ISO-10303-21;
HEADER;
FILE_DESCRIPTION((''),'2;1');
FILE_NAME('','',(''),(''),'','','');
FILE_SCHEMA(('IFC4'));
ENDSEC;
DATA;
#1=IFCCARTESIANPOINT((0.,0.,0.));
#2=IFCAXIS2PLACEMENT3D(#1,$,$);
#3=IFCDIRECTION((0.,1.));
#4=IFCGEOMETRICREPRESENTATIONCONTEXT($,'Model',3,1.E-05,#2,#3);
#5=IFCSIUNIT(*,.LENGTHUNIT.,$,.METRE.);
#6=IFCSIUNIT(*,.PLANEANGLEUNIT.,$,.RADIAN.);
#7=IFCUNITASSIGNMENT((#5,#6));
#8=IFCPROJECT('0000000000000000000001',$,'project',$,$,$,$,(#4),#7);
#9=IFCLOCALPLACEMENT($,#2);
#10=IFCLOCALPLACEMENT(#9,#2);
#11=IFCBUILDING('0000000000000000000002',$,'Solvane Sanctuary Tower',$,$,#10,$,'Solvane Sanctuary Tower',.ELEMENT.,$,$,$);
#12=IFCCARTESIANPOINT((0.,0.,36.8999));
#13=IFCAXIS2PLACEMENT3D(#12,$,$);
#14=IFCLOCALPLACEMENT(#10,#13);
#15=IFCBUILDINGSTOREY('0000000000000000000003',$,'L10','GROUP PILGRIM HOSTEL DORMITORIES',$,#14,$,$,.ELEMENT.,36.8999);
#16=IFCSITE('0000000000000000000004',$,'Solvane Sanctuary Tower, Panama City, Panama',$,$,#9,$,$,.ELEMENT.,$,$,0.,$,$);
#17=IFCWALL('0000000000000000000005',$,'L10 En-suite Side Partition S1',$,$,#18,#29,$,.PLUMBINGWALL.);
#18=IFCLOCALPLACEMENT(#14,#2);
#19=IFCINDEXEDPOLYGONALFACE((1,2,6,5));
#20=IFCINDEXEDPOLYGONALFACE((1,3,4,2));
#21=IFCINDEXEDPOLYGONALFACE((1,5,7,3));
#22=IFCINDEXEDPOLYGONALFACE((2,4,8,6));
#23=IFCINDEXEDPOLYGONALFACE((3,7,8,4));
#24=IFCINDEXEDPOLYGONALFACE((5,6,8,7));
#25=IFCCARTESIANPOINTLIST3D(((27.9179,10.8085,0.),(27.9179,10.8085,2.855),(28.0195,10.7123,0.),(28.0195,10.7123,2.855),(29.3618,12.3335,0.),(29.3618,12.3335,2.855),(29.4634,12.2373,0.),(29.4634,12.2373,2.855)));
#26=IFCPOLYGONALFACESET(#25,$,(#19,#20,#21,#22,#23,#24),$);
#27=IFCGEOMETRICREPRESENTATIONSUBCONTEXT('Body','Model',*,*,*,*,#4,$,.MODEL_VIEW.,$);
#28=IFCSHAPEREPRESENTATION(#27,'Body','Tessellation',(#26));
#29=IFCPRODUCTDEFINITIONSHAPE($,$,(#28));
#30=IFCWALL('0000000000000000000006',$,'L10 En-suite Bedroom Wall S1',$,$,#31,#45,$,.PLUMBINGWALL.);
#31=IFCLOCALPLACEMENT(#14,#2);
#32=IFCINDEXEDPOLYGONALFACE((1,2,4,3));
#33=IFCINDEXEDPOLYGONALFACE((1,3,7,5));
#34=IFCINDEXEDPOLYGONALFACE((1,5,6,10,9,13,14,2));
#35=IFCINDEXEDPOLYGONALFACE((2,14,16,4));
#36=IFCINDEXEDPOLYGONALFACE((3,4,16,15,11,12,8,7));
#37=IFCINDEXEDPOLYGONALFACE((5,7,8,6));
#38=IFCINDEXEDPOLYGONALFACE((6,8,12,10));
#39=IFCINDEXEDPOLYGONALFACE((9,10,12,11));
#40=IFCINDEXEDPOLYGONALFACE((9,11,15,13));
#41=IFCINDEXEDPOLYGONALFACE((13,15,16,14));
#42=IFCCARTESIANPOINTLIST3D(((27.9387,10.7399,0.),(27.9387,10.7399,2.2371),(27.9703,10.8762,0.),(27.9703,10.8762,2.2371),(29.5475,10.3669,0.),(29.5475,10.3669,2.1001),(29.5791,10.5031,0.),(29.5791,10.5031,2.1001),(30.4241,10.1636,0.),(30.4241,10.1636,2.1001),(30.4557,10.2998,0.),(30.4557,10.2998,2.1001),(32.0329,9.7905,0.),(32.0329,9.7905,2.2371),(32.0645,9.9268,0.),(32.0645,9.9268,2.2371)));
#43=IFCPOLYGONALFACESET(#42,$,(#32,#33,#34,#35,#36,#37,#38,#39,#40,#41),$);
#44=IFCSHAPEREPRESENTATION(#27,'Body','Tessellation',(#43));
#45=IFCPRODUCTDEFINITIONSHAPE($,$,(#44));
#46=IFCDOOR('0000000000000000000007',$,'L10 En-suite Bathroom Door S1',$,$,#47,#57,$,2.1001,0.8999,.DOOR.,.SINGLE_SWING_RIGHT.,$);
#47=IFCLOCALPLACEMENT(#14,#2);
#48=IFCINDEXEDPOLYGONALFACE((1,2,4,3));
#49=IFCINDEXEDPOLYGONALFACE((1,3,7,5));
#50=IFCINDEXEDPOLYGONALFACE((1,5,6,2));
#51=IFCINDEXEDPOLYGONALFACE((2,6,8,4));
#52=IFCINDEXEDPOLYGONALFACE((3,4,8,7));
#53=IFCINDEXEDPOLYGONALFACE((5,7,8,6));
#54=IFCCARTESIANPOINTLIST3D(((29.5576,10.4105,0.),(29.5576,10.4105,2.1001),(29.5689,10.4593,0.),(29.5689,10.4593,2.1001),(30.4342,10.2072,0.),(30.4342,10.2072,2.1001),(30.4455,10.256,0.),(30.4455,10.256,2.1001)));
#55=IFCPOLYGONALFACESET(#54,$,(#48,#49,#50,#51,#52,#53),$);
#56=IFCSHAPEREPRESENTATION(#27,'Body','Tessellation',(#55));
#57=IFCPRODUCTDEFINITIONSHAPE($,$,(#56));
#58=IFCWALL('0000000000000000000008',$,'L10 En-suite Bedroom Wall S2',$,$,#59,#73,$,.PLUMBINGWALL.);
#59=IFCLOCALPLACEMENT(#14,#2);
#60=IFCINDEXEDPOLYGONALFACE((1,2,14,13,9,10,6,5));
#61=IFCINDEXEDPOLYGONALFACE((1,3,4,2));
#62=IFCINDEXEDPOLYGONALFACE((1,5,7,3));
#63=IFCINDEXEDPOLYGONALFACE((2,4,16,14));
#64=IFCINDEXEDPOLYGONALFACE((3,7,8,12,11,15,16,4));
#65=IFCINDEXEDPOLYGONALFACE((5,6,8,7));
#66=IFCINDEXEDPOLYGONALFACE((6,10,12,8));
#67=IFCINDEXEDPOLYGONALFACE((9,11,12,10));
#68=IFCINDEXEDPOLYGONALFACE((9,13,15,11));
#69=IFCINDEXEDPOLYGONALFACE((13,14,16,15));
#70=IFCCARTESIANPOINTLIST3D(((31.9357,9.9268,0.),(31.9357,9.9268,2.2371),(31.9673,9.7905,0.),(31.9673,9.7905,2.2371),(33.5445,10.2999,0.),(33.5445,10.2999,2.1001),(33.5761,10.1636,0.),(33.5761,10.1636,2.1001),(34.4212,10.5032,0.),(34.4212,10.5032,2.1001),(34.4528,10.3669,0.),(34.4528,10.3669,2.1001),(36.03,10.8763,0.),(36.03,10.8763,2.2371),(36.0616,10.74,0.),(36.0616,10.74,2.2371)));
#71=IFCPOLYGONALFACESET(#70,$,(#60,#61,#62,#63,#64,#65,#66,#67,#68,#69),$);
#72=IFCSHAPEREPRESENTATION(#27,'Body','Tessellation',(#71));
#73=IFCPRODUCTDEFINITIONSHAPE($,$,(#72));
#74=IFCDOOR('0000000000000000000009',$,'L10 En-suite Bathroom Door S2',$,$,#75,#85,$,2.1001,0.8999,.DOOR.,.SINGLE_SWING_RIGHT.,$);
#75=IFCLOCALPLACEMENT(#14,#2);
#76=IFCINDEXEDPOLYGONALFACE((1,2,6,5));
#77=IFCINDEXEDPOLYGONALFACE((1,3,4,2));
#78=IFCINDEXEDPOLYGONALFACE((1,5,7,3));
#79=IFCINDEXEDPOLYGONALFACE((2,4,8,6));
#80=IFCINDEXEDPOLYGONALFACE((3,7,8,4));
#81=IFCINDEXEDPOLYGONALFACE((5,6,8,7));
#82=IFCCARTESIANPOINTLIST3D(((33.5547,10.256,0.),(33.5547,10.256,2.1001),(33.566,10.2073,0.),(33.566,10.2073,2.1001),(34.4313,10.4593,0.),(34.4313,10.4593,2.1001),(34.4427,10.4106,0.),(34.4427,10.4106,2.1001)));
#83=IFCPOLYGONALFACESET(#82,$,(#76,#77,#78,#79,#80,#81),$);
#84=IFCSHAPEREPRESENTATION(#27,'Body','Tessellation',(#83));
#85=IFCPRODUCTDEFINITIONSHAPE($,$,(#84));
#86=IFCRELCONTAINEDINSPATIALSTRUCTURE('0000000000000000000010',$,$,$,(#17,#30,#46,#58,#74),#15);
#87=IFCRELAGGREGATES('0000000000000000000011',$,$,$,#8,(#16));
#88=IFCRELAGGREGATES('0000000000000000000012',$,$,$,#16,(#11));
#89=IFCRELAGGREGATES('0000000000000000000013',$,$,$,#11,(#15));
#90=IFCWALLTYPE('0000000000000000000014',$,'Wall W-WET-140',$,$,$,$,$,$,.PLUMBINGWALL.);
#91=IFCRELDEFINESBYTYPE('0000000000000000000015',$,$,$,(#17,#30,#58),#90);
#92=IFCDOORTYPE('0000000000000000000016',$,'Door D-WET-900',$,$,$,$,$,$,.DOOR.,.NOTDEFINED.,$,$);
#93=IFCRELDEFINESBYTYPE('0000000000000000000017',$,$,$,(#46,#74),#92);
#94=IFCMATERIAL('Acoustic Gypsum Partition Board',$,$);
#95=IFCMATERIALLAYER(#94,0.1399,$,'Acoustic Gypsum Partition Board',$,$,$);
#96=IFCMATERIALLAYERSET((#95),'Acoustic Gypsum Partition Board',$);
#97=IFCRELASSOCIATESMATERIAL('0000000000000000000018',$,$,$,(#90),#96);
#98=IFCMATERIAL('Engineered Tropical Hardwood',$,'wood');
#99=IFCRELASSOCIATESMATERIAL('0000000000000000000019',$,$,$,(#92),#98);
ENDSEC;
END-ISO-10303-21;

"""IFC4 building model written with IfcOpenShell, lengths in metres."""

from ifc_helpers import new_model, si_unit, direction, frame, frame_2d, origin, place, context, subcontext, project, spatial, rectangle, extrude, material, layer, layer_set, type_object, element, fill, save


model = new_model("IFC4")

# Units and contexts
model_context = context("Model", 3, precision=1e-05, world=origin(), true_north=direction((0.0, 1.0)))
body_context = subcontext(model_context, "Body", "Model", "MODEL_VIEW")
ifc_project = project(units=[si_unit("LENGTHUNIT", "METRE"), si_unit("PLANEANGLEUNIT", "RADIAN")], contexts=[model_context])

# Site, building, storey
site_placement = place(None, origin())
site = spatial("IfcSite", under=ifc_project, at=site_placement, Name="Solvane Sanctuary Tower, Panama City, Panama", CompositionType="ELEMENT", RefElevation=0.0)
building_placement = place(site_placement, origin())
building = spatial("IfcBuilding", under=site, at=building_placement, Name="Solvane Sanctuary Tower", LongName="Solvane Sanctuary Tower", CompositionType="ELEMENT")
storey_placement = place(building_placement, frame((0.0, 0.0, 36.8999)))
storey = spatial("IfcBuildingStorey", under=building, at=storey_placement, Name="L10", Description="GROUP PILGRIM HOSTEL DORMITORIES", CompositionType="ELEMENT", Elevation=36.8999)

# Shared definitions
ifc_material_1 = material(Name="Acoustic Gypsum Partition Board")

# Shared definitions
ifc_material_2 = material(Name="Engineered Tropical Hardwood", Category="wood")

# Wall
ifc_layer_1 = layer(ifc_material_1, 0.1399, Name="Acoustic Gypsum Partition Board")
ifc_layer_set_1 = layer_set([ifc_layer_1], Name="Acoustic Gypsum Partition Board")
wall_type_1 = type_object("IfcWallType", Name="Wall W-WET-140", PredefinedType="PLUMBINGWALL", material=ifc_layer_set_1)
wall_1_placement = place(storey_placement, frame((29.4126, 12.2854, 0.0), z_axis=(0.0, 0.0, 1.0), x_axis=(-0.687545, -0.726142, 0.0)))
element("IfcWall", 1, at=wall_1_placement, inside=storey, type_object=wall_type_1, Name="L10 En-suite Side Partition S1", PredefinedType="PLUMBINGWALL", context=body_context, shape_type="SweptSolid", body=[
    extrude(rectangle(XDim=2.1001, YDim=0.1399, at=frame_2d((1.05, 0.0))), origin(), (0.0, 0.0, 1.0), 2.855),
])

# Walls, openings, doors
wall_2_placement = place(storey_placement, frame((27.9543, 10.8081, 0.0), z_axis=(0.0, 0.0, 1.0), x_axis=(0.974149, -0.225907, 0.0)))
wall_2 = element("IfcWall", 2, at=wall_2_placement, inside=storey, type_object=wall_type_1, Name="L10 En-suite Bedroom Wall S1", PredefinedType="PLUMBINGWALL", context=body_context, shape_type="SweptSolid", body=[
    extrude(rectangle(XDim=4.2029, YDim=0.1399, at=frame_2d((2.1016, 0.0))), origin(), (0.0, 0.0, 1.0), 2.2371),
])
opening_1_placement = place(wall_2_placement, frame((1.6516, 0.0, 0.0)))
opening_1 = element("IfcOpeningElement", 3, at=opening_1_placement, cuts=wall_2, PredefinedType="OPENING", context=body_context, shape_type="SweptSolid", body=[
    extrude(rectangle(XDim=0.8999, YDim=2.1001, at=frame_2d((0.45, 1.05))), frame((0.0, 0.0798, 0.0), z_axis=(0.0, -1.0, 0.0), x_axis=(1.0, 0.0, 0.0)), (0.0, 0.0, 1.0), 0.1599),
])
door_type_1 = type_object("IfcDoorType", Name="Door D-WET-900", OperationType="NOTDEFINED", PredefinedType="DOOR", material=ifc_material_2)
door_1_placement = place(opening_1_placement, origin())
door_1 = element("IfcDoor", 4, at=door_1_placement, inside=storey, type_object=door_type_1, Name="L10 En-suite Bathroom Door S1", OperationType="SINGLE_SWING_RIGHT", OverallHeight=2.1001, OverallWidth=0.8999, PredefinedType="DOOR", context=body_context, shape_type="SweptSolid", body=[
    extrude(rectangle(XDim=0.8999, YDim=2.1001, at=frame_2d((0.45, 1.05))), frame((0.0, 0.0249, 0.0), z_axis=(0.0, -1.0, 0.0), x_axis=(1.0, 0.0, 0.0)), (0.0, 0.0, 1.0), 0.05),
])
fill(opening_1, door_1)
wall_3_placement = place(storey_placement, frame((31.9514, 9.8586, 0.0), z_axis=(0.0, 0.0, 1.0), x_axis=(0.974149, 0.225907, 0.0)))
wall_3 = element("IfcWall", 5, at=wall_3_placement, inside=storey, type_object=wall_type_1, Name="L10 En-suite Bedroom Wall S2", PredefinedType="PLUMBINGWALL", context=body_context, shape_type="SweptSolid", body=[
    extrude(rectangle(XDim=4.2029, YDim=0.1399, at=frame_2d((2.1016, 0.0))), origin(), (0.0, 0.0, 1.0), 2.2371),
])
opening_2_placement = place(wall_3_placement, frame((1.6516, 0.0, 0.0)))
opening_2 = element("IfcOpeningElement", 6, at=opening_2_placement, cuts=wall_3, PredefinedType="OPENING", context=body_context, shape_type="SweptSolid", body=[
    extrude(rectangle(XDim=0.8999, YDim=2.1001, at=frame_2d((0.45, 1.05))), frame((0.0, 0.0798, 0.0), z_axis=(0.0, -1.0, 0.0), x_axis=(1.0, 0.0, 0.0)), (0.0, 0.0, 1.0), 0.1599),
])
door_2_placement = place(opening_2_placement, origin())
door_2 = element("IfcDoor", 7, at=door_2_placement, inside=storey, type_object=door_type_1, Name="L10 En-suite Bathroom Door S2", OperationType="SINGLE_SWING_RIGHT", OverallHeight=2.1001, OverallWidth=0.8999, PredefinedType="DOOR", context=body_context, shape_type="SweptSolid", body=[
    extrude(rectangle(XDim=0.8999, YDim=2.1001, at=frame_2d((0.45, 1.05))), frame((0.0, 0.0249, 0.0), z_axis=(0.0, -1.0, 0.0), x_axis=(1.0, 0.0, 0.0)), (0.0, 0.0, 1.0), 0.05),
])
fill(opening_2, door_2)

save(model, "model.ifc")
